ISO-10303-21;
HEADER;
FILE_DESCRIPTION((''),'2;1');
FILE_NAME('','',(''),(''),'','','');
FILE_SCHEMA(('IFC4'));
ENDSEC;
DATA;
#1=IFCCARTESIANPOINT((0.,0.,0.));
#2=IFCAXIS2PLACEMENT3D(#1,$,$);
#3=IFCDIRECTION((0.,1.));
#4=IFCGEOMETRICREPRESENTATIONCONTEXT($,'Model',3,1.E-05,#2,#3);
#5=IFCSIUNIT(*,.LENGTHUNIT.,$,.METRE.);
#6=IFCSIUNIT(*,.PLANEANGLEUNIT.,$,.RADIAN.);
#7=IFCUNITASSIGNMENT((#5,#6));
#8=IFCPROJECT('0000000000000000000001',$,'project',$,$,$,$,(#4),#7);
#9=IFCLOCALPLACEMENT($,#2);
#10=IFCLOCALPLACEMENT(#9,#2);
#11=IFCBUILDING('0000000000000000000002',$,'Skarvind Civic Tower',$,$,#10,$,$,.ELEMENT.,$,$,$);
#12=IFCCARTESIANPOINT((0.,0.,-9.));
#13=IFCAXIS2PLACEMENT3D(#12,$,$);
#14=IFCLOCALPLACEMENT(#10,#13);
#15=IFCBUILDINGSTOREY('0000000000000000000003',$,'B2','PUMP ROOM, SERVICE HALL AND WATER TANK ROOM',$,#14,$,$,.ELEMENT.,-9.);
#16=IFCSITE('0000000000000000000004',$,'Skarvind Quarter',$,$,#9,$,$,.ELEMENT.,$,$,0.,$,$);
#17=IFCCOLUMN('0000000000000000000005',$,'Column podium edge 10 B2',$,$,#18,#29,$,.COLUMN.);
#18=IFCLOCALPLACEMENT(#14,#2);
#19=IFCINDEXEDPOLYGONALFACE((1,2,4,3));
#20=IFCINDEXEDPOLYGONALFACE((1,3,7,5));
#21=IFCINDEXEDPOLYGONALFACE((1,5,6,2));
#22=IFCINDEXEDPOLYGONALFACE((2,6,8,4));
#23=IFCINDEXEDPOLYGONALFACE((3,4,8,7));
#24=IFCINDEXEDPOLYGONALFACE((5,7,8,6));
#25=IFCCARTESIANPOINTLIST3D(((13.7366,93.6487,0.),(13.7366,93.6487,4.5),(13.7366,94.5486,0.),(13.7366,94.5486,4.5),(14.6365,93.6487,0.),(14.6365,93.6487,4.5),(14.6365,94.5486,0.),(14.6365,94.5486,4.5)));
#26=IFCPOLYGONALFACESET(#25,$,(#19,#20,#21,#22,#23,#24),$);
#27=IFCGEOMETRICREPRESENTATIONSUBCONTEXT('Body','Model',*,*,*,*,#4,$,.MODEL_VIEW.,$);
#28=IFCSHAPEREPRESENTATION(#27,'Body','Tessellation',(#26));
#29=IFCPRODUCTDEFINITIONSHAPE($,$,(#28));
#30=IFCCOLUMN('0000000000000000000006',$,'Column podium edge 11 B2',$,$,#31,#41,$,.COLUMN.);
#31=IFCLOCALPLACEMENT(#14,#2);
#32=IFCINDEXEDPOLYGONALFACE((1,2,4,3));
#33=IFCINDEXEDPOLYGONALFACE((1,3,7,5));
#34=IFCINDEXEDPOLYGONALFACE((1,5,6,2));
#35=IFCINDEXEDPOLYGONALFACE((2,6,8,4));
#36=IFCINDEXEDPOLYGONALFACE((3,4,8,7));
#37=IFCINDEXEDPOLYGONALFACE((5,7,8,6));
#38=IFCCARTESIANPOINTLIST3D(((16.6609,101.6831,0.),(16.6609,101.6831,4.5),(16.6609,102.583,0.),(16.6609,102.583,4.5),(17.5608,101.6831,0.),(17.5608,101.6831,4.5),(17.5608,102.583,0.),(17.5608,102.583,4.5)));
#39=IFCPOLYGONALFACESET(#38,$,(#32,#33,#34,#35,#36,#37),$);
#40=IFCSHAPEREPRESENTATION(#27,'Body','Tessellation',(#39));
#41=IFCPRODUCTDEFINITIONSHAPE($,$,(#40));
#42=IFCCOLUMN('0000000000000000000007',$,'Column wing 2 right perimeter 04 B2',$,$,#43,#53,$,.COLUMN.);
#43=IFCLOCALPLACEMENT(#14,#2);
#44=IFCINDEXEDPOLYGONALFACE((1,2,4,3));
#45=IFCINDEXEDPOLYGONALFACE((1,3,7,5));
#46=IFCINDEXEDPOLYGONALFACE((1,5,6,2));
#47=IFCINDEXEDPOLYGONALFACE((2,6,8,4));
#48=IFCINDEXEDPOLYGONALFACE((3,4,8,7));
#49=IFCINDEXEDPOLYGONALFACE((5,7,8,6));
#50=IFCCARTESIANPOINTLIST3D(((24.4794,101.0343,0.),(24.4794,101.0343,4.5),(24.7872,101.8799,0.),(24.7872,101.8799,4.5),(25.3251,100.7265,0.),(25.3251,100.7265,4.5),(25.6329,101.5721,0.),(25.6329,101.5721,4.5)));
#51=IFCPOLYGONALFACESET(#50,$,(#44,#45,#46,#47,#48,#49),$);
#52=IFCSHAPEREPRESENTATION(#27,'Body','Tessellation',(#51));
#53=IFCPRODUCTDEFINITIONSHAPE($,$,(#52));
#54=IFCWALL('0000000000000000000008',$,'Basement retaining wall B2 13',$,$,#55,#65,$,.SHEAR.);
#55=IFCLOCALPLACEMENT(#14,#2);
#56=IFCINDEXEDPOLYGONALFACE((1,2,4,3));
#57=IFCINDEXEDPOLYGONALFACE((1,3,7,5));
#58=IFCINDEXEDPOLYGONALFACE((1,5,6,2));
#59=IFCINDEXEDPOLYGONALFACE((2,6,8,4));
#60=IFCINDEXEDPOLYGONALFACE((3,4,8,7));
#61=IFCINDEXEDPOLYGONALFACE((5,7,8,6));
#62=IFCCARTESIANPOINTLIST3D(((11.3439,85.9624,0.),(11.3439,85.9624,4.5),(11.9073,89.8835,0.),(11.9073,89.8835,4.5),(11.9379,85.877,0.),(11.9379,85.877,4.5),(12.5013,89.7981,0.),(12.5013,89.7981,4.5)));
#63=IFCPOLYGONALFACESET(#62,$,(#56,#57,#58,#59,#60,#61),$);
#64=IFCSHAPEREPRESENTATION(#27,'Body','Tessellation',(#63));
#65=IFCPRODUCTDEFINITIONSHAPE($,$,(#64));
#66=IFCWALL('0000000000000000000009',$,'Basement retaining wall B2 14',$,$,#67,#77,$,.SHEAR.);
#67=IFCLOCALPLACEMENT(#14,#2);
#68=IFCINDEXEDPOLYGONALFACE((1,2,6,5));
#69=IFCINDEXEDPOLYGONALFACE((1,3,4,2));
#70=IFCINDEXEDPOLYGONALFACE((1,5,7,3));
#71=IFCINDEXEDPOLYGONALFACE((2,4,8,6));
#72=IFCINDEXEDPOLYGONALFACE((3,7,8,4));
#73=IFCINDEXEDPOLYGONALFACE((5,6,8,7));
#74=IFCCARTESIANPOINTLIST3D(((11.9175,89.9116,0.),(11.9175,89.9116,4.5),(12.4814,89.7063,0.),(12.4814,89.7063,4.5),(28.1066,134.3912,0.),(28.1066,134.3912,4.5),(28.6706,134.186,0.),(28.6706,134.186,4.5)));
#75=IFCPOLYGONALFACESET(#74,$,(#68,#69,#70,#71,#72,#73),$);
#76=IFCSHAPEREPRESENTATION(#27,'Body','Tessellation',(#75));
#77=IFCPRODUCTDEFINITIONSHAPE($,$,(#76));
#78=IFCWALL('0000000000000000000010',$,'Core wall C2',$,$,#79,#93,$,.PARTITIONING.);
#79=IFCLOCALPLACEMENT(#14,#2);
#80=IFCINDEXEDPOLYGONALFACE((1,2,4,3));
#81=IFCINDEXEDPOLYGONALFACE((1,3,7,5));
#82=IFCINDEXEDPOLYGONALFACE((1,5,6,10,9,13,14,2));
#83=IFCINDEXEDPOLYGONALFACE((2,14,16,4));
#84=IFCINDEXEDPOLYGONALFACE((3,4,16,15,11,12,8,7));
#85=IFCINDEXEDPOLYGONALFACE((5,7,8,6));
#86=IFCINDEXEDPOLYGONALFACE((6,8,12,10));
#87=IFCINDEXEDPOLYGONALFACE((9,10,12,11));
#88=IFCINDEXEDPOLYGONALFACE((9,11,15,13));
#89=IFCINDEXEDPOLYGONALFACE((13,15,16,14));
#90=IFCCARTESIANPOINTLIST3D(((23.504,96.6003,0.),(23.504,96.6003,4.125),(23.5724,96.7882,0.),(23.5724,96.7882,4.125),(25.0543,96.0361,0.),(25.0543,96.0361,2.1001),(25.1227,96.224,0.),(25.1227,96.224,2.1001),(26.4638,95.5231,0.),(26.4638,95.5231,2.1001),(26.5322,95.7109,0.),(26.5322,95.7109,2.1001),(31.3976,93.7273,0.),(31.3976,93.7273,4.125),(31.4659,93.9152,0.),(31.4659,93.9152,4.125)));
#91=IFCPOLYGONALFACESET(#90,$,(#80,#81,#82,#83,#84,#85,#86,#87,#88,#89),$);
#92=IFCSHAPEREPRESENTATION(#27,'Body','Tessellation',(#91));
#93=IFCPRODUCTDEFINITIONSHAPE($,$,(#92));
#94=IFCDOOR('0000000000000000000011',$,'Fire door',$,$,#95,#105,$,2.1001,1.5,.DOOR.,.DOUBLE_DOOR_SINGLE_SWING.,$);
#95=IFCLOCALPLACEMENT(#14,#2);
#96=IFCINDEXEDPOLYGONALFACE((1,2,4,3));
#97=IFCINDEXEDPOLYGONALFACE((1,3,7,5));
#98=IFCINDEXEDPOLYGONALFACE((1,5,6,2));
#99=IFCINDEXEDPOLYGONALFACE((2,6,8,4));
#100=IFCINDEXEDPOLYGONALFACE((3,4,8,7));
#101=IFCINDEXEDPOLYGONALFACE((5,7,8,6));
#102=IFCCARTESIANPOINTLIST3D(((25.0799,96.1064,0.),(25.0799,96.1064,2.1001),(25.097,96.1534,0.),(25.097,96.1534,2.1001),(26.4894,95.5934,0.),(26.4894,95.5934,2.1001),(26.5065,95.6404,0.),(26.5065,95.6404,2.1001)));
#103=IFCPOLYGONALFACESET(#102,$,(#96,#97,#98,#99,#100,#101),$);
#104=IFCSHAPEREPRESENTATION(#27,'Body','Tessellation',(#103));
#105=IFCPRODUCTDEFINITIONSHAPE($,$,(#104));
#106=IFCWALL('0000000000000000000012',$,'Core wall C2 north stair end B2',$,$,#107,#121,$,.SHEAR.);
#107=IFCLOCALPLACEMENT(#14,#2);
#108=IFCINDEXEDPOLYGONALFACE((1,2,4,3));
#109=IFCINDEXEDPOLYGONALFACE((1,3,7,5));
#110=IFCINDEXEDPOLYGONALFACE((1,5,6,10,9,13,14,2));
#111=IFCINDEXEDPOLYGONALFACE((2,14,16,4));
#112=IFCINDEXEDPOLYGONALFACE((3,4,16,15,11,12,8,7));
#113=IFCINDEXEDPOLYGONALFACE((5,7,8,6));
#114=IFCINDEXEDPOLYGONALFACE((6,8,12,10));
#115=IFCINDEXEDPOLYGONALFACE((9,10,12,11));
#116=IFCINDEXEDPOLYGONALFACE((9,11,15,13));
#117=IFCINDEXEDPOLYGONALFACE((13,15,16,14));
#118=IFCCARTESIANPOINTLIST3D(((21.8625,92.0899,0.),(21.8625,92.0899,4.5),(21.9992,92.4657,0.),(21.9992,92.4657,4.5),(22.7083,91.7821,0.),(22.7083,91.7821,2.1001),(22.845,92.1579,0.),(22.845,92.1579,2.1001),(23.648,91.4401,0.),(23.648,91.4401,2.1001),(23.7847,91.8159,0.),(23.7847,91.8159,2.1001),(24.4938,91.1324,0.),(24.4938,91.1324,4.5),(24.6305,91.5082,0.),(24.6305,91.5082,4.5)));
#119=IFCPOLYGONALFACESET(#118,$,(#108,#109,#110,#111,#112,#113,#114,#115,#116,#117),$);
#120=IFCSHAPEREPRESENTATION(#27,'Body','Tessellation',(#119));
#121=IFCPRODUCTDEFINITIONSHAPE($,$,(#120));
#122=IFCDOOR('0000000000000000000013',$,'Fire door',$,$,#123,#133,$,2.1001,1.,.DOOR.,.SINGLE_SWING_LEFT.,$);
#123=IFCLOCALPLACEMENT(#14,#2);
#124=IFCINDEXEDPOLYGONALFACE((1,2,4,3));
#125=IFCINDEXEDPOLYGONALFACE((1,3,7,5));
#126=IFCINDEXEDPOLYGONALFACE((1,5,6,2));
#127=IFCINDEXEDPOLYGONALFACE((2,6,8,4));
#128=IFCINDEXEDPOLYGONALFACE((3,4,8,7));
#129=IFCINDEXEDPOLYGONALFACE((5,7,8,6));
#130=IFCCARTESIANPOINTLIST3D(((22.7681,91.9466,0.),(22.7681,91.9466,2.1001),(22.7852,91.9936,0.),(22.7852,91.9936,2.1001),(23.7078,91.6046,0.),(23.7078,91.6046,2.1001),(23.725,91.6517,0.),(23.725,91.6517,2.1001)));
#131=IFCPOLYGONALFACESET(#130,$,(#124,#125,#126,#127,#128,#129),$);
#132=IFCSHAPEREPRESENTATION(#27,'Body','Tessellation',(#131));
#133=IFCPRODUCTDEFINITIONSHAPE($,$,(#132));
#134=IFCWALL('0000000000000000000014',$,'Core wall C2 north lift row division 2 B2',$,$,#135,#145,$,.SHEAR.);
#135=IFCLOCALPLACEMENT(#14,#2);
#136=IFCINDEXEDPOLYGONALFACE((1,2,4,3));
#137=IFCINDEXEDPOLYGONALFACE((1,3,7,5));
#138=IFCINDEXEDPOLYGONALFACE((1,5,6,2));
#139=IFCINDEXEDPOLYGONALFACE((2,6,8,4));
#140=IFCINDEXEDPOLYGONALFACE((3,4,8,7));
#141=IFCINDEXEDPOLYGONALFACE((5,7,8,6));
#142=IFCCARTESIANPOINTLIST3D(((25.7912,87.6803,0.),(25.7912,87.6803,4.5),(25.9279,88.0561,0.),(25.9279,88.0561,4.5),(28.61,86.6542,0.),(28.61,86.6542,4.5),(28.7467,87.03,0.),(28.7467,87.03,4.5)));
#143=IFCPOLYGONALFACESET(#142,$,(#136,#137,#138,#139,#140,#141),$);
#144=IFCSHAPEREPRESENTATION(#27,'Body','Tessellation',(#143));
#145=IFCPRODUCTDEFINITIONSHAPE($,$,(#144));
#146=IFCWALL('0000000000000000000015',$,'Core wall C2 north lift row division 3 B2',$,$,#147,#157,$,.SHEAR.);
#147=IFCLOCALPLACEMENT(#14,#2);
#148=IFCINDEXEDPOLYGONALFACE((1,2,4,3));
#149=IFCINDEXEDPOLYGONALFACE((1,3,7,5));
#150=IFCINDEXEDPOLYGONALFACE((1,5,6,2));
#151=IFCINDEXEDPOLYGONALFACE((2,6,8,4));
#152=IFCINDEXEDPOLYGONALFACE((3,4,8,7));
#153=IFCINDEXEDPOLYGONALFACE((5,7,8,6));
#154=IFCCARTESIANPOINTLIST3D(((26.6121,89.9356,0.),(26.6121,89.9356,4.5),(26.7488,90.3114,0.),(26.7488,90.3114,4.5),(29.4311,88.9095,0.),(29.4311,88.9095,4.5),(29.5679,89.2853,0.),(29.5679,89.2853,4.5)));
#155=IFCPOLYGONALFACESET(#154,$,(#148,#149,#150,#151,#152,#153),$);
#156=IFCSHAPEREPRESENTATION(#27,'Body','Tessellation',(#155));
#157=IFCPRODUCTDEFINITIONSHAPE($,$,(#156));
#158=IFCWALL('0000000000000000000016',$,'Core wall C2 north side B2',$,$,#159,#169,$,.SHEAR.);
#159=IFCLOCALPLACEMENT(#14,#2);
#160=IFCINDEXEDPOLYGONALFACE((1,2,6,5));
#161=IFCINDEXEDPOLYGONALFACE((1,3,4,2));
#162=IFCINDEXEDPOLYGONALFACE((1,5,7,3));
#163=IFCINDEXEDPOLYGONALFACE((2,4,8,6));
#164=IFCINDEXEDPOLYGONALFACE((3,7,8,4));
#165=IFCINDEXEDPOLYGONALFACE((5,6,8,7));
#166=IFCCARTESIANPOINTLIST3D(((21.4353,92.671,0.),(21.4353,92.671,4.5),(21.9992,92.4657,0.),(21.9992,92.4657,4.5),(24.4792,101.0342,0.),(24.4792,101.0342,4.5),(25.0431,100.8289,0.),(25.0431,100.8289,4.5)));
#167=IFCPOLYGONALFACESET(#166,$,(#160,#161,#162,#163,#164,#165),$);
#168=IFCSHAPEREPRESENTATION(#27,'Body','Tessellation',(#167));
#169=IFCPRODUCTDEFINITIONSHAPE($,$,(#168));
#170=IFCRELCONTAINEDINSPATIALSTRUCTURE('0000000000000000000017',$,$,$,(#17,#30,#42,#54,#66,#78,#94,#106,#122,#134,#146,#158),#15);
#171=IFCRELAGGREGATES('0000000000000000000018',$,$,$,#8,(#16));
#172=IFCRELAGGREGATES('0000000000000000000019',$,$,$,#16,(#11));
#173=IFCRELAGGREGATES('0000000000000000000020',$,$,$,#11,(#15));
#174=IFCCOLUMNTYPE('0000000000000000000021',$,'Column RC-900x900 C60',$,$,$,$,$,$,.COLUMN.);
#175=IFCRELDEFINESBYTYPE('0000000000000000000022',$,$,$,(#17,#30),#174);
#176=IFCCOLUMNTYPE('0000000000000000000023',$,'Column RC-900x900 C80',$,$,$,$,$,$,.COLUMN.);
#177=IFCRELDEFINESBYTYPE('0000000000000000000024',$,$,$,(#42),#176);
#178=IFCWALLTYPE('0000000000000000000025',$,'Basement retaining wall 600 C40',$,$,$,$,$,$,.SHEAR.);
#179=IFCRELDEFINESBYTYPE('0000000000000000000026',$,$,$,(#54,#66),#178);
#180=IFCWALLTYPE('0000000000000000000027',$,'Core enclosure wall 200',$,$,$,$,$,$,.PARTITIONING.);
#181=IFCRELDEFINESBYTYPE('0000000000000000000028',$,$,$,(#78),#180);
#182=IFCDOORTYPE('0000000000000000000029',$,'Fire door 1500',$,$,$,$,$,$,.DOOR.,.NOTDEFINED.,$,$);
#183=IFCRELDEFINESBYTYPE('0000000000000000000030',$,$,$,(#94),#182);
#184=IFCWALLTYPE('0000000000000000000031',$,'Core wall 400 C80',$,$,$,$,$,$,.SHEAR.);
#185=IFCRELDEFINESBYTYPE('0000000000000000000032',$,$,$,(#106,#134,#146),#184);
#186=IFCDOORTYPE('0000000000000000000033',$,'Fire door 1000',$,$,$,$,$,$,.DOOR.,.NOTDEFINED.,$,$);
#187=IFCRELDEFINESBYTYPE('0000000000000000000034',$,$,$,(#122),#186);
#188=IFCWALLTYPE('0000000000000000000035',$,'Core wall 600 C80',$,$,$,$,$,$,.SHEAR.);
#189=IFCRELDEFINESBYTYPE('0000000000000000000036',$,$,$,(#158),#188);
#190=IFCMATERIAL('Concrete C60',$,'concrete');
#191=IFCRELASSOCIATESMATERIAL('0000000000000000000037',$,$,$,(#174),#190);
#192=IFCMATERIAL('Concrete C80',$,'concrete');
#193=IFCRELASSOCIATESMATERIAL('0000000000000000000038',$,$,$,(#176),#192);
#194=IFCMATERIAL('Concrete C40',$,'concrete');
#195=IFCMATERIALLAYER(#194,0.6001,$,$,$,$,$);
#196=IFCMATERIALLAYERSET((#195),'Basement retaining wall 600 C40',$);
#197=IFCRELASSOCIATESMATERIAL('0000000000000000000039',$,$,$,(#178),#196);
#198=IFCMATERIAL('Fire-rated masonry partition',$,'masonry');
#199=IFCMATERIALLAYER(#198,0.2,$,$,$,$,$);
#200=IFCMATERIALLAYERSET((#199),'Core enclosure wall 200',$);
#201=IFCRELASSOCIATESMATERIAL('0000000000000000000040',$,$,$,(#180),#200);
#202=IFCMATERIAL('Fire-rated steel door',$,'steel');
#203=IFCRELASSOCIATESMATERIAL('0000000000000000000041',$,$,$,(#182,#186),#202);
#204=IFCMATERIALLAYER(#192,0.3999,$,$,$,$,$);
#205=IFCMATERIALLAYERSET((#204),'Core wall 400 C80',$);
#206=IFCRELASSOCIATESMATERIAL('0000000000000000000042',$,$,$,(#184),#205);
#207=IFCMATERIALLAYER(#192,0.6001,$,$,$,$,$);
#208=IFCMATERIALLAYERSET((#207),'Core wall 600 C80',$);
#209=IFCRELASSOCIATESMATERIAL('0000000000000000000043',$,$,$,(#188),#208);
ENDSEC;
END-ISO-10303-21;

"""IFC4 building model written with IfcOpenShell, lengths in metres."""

from ifc_helpers import new_model, si_unit, direction, frame, frame_2d, origin, origin_2d, place, context, subcontext, project, spatial, rectangle, extrude, material, layer, layer_set, material_profile, profile_set, type_object, element, fill, save


model = new_model("IFC4")

# Units and contexts
model_context = context("Model", 3, precision=1e-05, world=origin(), true_north=direction((0.0, 1.0)))
body_context = subcontext(model_context, "Body", "Model", "MODEL_VIEW")
ifc_project = project(units=[si_unit("LENGTHUNIT", "METRE"), si_unit("PLANEANGLEUNIT", "RADIAN")], contexts=[model_context])

# Site, building, storey
site_placement = place(None, origin())
site = spatial("IfcSite", under=ifc_project, at=site_placement, Name="Skarvind Quarter", CompositionType="ELEMENT", RefElevation=0.0)
building_placement = place(site_placement, origin())
building = spatial("IfcBuilding", under=site, at=building_placement, Name="Skarvind Civic Tower", CompositionType="ELEMENT")
storey_placement = place(building_placement, frame((0.0, 0.0, -9.0)))
storey = spatial("IfcBuildingStorey", under=building, at=storey_placement, Name="B2", Description="PUMP ROOM, SERVICE HALL AND WATER TANK ROOM", CompositionType="ELEMENT", Elevation=-9.0)

# Shared definitions
ifc_material_1 = material(Name="Concrete C40", Category="concrete")

# Columns
ifc_material_2 = material(Name="Concrete C60", Category="concrete")
ifc_material_profile_1 = material_profile(ifc_material_2, rectangle(XDim=0.8999, YDim=0.8999, at=origin_2d()), Name="RC-900x900")
ifc_profile_set_1 = profile_set([ifc_material_profile_1], Name="Concrete C60")
column_type_1 = type_object("IfcColumnType", Name="Column RC-900x900 C60", PredefinedType="COLUMN", material=ifc_profile_set_1)
for number, where, z_axis, x_axis, name in (
    (1, (14.1865, 94.0986, 0.0), (0.0, 0.0, 1.0), (1.0, 0.0, 0.0), "Column podium edge 10 B2"),
    (2, (17.1108, 102.1331, 0.0), (0.0, 0.0, 1.0), (1.0, 0.0, 0.0), "Column podium edge 11 B2"),
):
    element("IfcColumn", number, at=place(storey_placement, frame(where, z_axis=z_axis, x_axis=x_axis)), inside=storey, type_object=column_type_1, Name=name, PredefinedType="COLUMN", context=body_context, shape_type="SweptSolid", body=[
        extrude(rectangle(XDim=0.8999, YDim=0.8999, at=origin_2d()), origin(), (0.0, 0.0, 1.0), 4.5),
    ])
ifc_material_3 = material(Name="Concrete C80", Category="concrete")
ifc_material_profile_2 = material_profile(ifc_material_3, rectangle(XDim=0.8999, YDim=0.8999, at=origin_2d()), Name="RC-900x900")
ifc_profile_set_2 = profile_set([ifc_material_profile_2], Name="Concrete C80")
column_type_2 = type_object("IfcColumnType", Name="Column RC-900x900 C80", PredefinedType="COLUMN", material=ifc_profile_set_2)
column_placement = place(storey_placement, frame((25.0562, 101.3032, 0.0), z_axis=(0.0, 0.0, 1.0), x_axis=(-0.34202, -0.939693, 0.0)))
element("IfcColumn", 3, at=column_placement, inside=storey, type_object=column_type_2, Name="Column wing 2 right perimeter 04 B2", PredefinedType="COLUMN", context=body_context, shape_type="SweptSolid", body=[
    extrude(rectangle(XDim=0.8999, YDim=0.8999, at=origin_2d()), origin(), (0.0, 0.0, 1.0), 4.5),
])

# Walls
ifc_layer_1 = layer(ifc_material_1, 0.6001)
ifc_layer_set_1 = layer_set([ifc_layer_1], Name="Basement retaining wall 600 C40")
wall_type_1 = type_object("IfcWallType", Name="Basement retaining wall 600 C40", PredefinedType="SHEAR", material=ifc_layer_set_1)
wall_1_placement = place(storey_placement, frame((11.6409, 85.9197, 0.0), z_axis=(0.0, 0.0, 1.0), x_axis=(0.142241, 0.989832, 0.0)))
element("IfcWall", 4, at=wall_1_placement, inside=storey, type_object=wall_type_1, Name="Basement retaining wall B2 13", PredefinedType="SHEAR", context=body_context, shape_type="SweptSolid", body=[
    extrude(rectangle(XDim=3.9614, YDim=0.6001, at=frame_2d((1.9807, 0.0))), origin(), (0.0, 0.0, 1.0), 4.5),
])
wall_2_placement = place(storey_placement, frame((12.1995, 89.8091, 0.0), z_axis=(0.0, 0.0, 1.0), x_axis=(0.342018, 0.939693, 0.0)))
element("IfcWall", 5, at=wall_2_placement, inside=storey, type_object=wall_type_1, Name="Basement retaining wall B2 14", PredefinedType="SHEAR", context=body_context, shape_type="SweptSolid", body=[
    extrude(rectangle(XDim=47.3342, YDim=0.6001, at=frame_2d((23.667, 0.0))), origin(), (0.0, 0.0, 1.0), 4.5),
])

# Walls, openings, doors
ifc_material_4 = material(Name="Fire-rated masonry partition", Category="masonry")
ifc_layer_2 = layer(ifc_material_4, 0.2)
ifc_layer_set_2 = layer_set([ifc_layer_2], Name="Core enclosure wall 200")
wall_type_2 = type_object("IfcWallType", Name="Core enclosure wall 200", PredefinedType="PARTITIONING", material=ifc_layer_set_2)
wall_3_placement = place(storey_placement, frame((23.5381, 96.6943, 0.0), z_axis=(0.0, 0.0, 1.0), x_axis=(0.939692, -0.342023, 0.0)))
wall_3 = element("IfcWall", 6, at=wall_3_placement, inside=storey, type_object=wall_type_2, Name="Core wall C2", PredefinedType="PARTITIONING", context=body_context, shape_type="SweptSolid", body=[
    extrude(rectangle(XDim=8.4001, YDim=0.2, at=frame_2d((4.2002, 0.0))), origin(), (0.0, 0.0, 1.0), 4.125),
])
opening_1_placement = place(wall_3_placement, frame((1.6499, 0.0, 0.0)))
opening_1 = element("IfcOpeningElement", 7, at=opening_1_placement, cuts=wall_3, PredefinedType="OPENING", context=body_context, shape_type="SweptSolid", body=[
    extrude(rectangle(XDim=1.5, YDim=2.1001, at=frame_2d((0.75, 1.05))), frame((0.0, 0.1099, 0.0), z_axis=(0.0, -1.0, 0.0), x_axis=(1.0, 0.0, 0.0)), (0.0, 0.0, 1.0), 0.22),
])
ifc_material_5 = material(Name="Fire-rated steel door", Category="steel")
door_type_1 = type_object("IfcDoorType", Name="Fire door 1500", OperationType="NOTDEFINED", PredefinedType="DOOR", material=ifc_material_5)
door_1_placement = place(opening_1_placement, origin())
door_1 = element("IfcDoor", 8, at=door_1_placement, inside=storey, type_object=door_type_1, Name="Fire door", OperationType="DOUBLE_DOOR_SINGLE_SWING", OverallHeight=2.1001, OverallWidth=1.5, PredefinedType="DOOR", context=body_context, shape_type="SweptSolid", body=[
    extrude(rectangle(XDim=1.5, YDim=2.1001, at=frame_2d((0.75, 1.05))), frame((0.0, 0.0249, 0.0), z_axis=(0.0, -1.0, 0.0), x_axis=(1.0, 0.0, 0.0)), (0.0, 0.0, 1.0), 0.05),
])
fill(opening_1, door_1)
ifc_layer_3 = layer(ifc_material_3, 0.3999)
ifc_layer_set_3 = layer_set([ifc_layer_3], Name="Core wall 400 C80")
wall_type_3 = type_object("IfcWallType", Name="Core wall 400 C80", PredefinedType="SHEAR", material=ifc_layer_set_3)
wall_4_placement = place(storey_placement, frame((24.562, 91.3203, 0.0), z_axis=(0.0, 0.0, 1.0), x_axis=(-0.939717, 0.341953, 0.0)))
wall_4 = element("IfcWall", 9, at=wall_4_placement, inside=storey, type_object=wall_type_3, Name="Core wall C2 north stair end B2", PredefinedType="SHEAR", context=body_context, shape_type="SweptSolid", body=[
    extrude(rectangle(XDim=2.8, YDim=0.3999, at=frame_2d((1.3999, 0.0))), origin(), (0.0, 0.0, 1.0), 4.5),
])
opening_2_placement = place(wall_4_placement, frame((0.8999, 0.0, 0.0)))
opening_2 = element("IfcOpeningElement", 10, at=opening_2_placement, cuts=wall_4, PredefinedType="OPENING", context=body_context, shape_type="SweptSolid", body=[
    extrude(rectangle(XDim=1.0, YDim=2.1001, at=frame_2d((0.5, 1.05))), frame((0.0, 0.21, 0.0), z_axis=(0.0, -1.0, 0.0), x_axis=(1.0, 0.0, 0.0)), (0.0, 0.0, 1.0), 0.4199),
])
door_type_2 = type_object("IfcDoorType", Name="Fire door 1000", OperationType="NOTDEFINED", PredefinedType="DOOR", material=ifc_material_5)
door_2_placement = place(opening_2_placement, origin())
door_2 = element("IfcDoor", 11, at=door_2_placement, inside=storey, type_object=door_type_2, Name="Fire door", OperationType="SINGLE_SWING_LEFT", OverallHeight=2.1001, OverallWidth=1.0, PredefinedType="DOOR", context=body_context, shape_type="SweptSolid", body=[
    extrude(rectangle(XDim=1.0, YDim=2.1001, at=frame_2d((0.5, 1.05))), frame((0.0, 0.0249, 0.0), z_axis=(0.0, -1.0, 0.0), x_axis=(1.0, 0.0, 0.0)), (0.0, 0.0, 1.0), 0.05),
])
fill(opening_2, door_2)

# Walls
wall_5_placement = place(storey_placement, frame((28.6785, 86.842, 0.0), z_axis=(0.0, 0.0, 1.0), x_axis=(-0.939677, 0.342063, 0.0)))
element("IfcWall", 12, at=wall_5_placement, inside=storey, type_object=wall_type_3, Name="Core wall C2 north lift row division 2 B2", PredefinedType="SHEAR", context=body_context, shape_type="SweptSolid", body=[
    extrude(rectangle(XDim=2.9998, YDim=0.3999, at=frame_2d((1.5, 0.0))), origin(), (0.0, 0.0, 1.0), 4.5),
])
wall_6_placement = place(storey_placement, frame((29.4995, 89.0974, 0.0), z_axis=(0.0, 0.0, 1.0), x_axis=(-0.939686, 0.342037, 0.0)))
element("IfcWall", 13, at=wall_6_placement, inside=storey, type_object=wall_type_3, Name="Core wall C2 north lift row division 3 B2", PredefinedType="SHEAR", context=body_context, shape_type="SweptSolid", body=[
    extrude(rectangle(XDim=3.0, YDim=0.3999, at=frame_2d((1.5, 0.0))), origin(), (0.0, 0.0, 1.0), 4.5),
])
ifc_layer_4 = layer(ifc_material_3, 0.6001)
ifc_layer_set_4 = layer_set([ifc_layer_4], Name="Core wall 600 C80")
wall_type_4 = type_object("IfcWallType", Name="Core wall 600 C80", PredefinedType="SHEAR", material=ifc_layer_set_4)
wall_7_placement = place(storey_placement, frame((21.7173, 92.5684, 0.0), z_axis=(0.0, 0.0, 1.0), x_axis=(0.342016, 0.939694, 0.0)))
element("IfcWall", 14, at=wall_7_placement, inside=storey, type_object=wall_type_4, Name="Core wall C2 north side B2", PredefinedType="SHEAR", context=body_context, shape_type="SweptSolid", body=[
    extrude(rectangle(XDim=8.8999, YDim=0.6001, at=frame_2d((4.45, 0.0))), origin(), (0.0, 0.0, 1.0), 4.5),
])

save(model, "model.ifc")
